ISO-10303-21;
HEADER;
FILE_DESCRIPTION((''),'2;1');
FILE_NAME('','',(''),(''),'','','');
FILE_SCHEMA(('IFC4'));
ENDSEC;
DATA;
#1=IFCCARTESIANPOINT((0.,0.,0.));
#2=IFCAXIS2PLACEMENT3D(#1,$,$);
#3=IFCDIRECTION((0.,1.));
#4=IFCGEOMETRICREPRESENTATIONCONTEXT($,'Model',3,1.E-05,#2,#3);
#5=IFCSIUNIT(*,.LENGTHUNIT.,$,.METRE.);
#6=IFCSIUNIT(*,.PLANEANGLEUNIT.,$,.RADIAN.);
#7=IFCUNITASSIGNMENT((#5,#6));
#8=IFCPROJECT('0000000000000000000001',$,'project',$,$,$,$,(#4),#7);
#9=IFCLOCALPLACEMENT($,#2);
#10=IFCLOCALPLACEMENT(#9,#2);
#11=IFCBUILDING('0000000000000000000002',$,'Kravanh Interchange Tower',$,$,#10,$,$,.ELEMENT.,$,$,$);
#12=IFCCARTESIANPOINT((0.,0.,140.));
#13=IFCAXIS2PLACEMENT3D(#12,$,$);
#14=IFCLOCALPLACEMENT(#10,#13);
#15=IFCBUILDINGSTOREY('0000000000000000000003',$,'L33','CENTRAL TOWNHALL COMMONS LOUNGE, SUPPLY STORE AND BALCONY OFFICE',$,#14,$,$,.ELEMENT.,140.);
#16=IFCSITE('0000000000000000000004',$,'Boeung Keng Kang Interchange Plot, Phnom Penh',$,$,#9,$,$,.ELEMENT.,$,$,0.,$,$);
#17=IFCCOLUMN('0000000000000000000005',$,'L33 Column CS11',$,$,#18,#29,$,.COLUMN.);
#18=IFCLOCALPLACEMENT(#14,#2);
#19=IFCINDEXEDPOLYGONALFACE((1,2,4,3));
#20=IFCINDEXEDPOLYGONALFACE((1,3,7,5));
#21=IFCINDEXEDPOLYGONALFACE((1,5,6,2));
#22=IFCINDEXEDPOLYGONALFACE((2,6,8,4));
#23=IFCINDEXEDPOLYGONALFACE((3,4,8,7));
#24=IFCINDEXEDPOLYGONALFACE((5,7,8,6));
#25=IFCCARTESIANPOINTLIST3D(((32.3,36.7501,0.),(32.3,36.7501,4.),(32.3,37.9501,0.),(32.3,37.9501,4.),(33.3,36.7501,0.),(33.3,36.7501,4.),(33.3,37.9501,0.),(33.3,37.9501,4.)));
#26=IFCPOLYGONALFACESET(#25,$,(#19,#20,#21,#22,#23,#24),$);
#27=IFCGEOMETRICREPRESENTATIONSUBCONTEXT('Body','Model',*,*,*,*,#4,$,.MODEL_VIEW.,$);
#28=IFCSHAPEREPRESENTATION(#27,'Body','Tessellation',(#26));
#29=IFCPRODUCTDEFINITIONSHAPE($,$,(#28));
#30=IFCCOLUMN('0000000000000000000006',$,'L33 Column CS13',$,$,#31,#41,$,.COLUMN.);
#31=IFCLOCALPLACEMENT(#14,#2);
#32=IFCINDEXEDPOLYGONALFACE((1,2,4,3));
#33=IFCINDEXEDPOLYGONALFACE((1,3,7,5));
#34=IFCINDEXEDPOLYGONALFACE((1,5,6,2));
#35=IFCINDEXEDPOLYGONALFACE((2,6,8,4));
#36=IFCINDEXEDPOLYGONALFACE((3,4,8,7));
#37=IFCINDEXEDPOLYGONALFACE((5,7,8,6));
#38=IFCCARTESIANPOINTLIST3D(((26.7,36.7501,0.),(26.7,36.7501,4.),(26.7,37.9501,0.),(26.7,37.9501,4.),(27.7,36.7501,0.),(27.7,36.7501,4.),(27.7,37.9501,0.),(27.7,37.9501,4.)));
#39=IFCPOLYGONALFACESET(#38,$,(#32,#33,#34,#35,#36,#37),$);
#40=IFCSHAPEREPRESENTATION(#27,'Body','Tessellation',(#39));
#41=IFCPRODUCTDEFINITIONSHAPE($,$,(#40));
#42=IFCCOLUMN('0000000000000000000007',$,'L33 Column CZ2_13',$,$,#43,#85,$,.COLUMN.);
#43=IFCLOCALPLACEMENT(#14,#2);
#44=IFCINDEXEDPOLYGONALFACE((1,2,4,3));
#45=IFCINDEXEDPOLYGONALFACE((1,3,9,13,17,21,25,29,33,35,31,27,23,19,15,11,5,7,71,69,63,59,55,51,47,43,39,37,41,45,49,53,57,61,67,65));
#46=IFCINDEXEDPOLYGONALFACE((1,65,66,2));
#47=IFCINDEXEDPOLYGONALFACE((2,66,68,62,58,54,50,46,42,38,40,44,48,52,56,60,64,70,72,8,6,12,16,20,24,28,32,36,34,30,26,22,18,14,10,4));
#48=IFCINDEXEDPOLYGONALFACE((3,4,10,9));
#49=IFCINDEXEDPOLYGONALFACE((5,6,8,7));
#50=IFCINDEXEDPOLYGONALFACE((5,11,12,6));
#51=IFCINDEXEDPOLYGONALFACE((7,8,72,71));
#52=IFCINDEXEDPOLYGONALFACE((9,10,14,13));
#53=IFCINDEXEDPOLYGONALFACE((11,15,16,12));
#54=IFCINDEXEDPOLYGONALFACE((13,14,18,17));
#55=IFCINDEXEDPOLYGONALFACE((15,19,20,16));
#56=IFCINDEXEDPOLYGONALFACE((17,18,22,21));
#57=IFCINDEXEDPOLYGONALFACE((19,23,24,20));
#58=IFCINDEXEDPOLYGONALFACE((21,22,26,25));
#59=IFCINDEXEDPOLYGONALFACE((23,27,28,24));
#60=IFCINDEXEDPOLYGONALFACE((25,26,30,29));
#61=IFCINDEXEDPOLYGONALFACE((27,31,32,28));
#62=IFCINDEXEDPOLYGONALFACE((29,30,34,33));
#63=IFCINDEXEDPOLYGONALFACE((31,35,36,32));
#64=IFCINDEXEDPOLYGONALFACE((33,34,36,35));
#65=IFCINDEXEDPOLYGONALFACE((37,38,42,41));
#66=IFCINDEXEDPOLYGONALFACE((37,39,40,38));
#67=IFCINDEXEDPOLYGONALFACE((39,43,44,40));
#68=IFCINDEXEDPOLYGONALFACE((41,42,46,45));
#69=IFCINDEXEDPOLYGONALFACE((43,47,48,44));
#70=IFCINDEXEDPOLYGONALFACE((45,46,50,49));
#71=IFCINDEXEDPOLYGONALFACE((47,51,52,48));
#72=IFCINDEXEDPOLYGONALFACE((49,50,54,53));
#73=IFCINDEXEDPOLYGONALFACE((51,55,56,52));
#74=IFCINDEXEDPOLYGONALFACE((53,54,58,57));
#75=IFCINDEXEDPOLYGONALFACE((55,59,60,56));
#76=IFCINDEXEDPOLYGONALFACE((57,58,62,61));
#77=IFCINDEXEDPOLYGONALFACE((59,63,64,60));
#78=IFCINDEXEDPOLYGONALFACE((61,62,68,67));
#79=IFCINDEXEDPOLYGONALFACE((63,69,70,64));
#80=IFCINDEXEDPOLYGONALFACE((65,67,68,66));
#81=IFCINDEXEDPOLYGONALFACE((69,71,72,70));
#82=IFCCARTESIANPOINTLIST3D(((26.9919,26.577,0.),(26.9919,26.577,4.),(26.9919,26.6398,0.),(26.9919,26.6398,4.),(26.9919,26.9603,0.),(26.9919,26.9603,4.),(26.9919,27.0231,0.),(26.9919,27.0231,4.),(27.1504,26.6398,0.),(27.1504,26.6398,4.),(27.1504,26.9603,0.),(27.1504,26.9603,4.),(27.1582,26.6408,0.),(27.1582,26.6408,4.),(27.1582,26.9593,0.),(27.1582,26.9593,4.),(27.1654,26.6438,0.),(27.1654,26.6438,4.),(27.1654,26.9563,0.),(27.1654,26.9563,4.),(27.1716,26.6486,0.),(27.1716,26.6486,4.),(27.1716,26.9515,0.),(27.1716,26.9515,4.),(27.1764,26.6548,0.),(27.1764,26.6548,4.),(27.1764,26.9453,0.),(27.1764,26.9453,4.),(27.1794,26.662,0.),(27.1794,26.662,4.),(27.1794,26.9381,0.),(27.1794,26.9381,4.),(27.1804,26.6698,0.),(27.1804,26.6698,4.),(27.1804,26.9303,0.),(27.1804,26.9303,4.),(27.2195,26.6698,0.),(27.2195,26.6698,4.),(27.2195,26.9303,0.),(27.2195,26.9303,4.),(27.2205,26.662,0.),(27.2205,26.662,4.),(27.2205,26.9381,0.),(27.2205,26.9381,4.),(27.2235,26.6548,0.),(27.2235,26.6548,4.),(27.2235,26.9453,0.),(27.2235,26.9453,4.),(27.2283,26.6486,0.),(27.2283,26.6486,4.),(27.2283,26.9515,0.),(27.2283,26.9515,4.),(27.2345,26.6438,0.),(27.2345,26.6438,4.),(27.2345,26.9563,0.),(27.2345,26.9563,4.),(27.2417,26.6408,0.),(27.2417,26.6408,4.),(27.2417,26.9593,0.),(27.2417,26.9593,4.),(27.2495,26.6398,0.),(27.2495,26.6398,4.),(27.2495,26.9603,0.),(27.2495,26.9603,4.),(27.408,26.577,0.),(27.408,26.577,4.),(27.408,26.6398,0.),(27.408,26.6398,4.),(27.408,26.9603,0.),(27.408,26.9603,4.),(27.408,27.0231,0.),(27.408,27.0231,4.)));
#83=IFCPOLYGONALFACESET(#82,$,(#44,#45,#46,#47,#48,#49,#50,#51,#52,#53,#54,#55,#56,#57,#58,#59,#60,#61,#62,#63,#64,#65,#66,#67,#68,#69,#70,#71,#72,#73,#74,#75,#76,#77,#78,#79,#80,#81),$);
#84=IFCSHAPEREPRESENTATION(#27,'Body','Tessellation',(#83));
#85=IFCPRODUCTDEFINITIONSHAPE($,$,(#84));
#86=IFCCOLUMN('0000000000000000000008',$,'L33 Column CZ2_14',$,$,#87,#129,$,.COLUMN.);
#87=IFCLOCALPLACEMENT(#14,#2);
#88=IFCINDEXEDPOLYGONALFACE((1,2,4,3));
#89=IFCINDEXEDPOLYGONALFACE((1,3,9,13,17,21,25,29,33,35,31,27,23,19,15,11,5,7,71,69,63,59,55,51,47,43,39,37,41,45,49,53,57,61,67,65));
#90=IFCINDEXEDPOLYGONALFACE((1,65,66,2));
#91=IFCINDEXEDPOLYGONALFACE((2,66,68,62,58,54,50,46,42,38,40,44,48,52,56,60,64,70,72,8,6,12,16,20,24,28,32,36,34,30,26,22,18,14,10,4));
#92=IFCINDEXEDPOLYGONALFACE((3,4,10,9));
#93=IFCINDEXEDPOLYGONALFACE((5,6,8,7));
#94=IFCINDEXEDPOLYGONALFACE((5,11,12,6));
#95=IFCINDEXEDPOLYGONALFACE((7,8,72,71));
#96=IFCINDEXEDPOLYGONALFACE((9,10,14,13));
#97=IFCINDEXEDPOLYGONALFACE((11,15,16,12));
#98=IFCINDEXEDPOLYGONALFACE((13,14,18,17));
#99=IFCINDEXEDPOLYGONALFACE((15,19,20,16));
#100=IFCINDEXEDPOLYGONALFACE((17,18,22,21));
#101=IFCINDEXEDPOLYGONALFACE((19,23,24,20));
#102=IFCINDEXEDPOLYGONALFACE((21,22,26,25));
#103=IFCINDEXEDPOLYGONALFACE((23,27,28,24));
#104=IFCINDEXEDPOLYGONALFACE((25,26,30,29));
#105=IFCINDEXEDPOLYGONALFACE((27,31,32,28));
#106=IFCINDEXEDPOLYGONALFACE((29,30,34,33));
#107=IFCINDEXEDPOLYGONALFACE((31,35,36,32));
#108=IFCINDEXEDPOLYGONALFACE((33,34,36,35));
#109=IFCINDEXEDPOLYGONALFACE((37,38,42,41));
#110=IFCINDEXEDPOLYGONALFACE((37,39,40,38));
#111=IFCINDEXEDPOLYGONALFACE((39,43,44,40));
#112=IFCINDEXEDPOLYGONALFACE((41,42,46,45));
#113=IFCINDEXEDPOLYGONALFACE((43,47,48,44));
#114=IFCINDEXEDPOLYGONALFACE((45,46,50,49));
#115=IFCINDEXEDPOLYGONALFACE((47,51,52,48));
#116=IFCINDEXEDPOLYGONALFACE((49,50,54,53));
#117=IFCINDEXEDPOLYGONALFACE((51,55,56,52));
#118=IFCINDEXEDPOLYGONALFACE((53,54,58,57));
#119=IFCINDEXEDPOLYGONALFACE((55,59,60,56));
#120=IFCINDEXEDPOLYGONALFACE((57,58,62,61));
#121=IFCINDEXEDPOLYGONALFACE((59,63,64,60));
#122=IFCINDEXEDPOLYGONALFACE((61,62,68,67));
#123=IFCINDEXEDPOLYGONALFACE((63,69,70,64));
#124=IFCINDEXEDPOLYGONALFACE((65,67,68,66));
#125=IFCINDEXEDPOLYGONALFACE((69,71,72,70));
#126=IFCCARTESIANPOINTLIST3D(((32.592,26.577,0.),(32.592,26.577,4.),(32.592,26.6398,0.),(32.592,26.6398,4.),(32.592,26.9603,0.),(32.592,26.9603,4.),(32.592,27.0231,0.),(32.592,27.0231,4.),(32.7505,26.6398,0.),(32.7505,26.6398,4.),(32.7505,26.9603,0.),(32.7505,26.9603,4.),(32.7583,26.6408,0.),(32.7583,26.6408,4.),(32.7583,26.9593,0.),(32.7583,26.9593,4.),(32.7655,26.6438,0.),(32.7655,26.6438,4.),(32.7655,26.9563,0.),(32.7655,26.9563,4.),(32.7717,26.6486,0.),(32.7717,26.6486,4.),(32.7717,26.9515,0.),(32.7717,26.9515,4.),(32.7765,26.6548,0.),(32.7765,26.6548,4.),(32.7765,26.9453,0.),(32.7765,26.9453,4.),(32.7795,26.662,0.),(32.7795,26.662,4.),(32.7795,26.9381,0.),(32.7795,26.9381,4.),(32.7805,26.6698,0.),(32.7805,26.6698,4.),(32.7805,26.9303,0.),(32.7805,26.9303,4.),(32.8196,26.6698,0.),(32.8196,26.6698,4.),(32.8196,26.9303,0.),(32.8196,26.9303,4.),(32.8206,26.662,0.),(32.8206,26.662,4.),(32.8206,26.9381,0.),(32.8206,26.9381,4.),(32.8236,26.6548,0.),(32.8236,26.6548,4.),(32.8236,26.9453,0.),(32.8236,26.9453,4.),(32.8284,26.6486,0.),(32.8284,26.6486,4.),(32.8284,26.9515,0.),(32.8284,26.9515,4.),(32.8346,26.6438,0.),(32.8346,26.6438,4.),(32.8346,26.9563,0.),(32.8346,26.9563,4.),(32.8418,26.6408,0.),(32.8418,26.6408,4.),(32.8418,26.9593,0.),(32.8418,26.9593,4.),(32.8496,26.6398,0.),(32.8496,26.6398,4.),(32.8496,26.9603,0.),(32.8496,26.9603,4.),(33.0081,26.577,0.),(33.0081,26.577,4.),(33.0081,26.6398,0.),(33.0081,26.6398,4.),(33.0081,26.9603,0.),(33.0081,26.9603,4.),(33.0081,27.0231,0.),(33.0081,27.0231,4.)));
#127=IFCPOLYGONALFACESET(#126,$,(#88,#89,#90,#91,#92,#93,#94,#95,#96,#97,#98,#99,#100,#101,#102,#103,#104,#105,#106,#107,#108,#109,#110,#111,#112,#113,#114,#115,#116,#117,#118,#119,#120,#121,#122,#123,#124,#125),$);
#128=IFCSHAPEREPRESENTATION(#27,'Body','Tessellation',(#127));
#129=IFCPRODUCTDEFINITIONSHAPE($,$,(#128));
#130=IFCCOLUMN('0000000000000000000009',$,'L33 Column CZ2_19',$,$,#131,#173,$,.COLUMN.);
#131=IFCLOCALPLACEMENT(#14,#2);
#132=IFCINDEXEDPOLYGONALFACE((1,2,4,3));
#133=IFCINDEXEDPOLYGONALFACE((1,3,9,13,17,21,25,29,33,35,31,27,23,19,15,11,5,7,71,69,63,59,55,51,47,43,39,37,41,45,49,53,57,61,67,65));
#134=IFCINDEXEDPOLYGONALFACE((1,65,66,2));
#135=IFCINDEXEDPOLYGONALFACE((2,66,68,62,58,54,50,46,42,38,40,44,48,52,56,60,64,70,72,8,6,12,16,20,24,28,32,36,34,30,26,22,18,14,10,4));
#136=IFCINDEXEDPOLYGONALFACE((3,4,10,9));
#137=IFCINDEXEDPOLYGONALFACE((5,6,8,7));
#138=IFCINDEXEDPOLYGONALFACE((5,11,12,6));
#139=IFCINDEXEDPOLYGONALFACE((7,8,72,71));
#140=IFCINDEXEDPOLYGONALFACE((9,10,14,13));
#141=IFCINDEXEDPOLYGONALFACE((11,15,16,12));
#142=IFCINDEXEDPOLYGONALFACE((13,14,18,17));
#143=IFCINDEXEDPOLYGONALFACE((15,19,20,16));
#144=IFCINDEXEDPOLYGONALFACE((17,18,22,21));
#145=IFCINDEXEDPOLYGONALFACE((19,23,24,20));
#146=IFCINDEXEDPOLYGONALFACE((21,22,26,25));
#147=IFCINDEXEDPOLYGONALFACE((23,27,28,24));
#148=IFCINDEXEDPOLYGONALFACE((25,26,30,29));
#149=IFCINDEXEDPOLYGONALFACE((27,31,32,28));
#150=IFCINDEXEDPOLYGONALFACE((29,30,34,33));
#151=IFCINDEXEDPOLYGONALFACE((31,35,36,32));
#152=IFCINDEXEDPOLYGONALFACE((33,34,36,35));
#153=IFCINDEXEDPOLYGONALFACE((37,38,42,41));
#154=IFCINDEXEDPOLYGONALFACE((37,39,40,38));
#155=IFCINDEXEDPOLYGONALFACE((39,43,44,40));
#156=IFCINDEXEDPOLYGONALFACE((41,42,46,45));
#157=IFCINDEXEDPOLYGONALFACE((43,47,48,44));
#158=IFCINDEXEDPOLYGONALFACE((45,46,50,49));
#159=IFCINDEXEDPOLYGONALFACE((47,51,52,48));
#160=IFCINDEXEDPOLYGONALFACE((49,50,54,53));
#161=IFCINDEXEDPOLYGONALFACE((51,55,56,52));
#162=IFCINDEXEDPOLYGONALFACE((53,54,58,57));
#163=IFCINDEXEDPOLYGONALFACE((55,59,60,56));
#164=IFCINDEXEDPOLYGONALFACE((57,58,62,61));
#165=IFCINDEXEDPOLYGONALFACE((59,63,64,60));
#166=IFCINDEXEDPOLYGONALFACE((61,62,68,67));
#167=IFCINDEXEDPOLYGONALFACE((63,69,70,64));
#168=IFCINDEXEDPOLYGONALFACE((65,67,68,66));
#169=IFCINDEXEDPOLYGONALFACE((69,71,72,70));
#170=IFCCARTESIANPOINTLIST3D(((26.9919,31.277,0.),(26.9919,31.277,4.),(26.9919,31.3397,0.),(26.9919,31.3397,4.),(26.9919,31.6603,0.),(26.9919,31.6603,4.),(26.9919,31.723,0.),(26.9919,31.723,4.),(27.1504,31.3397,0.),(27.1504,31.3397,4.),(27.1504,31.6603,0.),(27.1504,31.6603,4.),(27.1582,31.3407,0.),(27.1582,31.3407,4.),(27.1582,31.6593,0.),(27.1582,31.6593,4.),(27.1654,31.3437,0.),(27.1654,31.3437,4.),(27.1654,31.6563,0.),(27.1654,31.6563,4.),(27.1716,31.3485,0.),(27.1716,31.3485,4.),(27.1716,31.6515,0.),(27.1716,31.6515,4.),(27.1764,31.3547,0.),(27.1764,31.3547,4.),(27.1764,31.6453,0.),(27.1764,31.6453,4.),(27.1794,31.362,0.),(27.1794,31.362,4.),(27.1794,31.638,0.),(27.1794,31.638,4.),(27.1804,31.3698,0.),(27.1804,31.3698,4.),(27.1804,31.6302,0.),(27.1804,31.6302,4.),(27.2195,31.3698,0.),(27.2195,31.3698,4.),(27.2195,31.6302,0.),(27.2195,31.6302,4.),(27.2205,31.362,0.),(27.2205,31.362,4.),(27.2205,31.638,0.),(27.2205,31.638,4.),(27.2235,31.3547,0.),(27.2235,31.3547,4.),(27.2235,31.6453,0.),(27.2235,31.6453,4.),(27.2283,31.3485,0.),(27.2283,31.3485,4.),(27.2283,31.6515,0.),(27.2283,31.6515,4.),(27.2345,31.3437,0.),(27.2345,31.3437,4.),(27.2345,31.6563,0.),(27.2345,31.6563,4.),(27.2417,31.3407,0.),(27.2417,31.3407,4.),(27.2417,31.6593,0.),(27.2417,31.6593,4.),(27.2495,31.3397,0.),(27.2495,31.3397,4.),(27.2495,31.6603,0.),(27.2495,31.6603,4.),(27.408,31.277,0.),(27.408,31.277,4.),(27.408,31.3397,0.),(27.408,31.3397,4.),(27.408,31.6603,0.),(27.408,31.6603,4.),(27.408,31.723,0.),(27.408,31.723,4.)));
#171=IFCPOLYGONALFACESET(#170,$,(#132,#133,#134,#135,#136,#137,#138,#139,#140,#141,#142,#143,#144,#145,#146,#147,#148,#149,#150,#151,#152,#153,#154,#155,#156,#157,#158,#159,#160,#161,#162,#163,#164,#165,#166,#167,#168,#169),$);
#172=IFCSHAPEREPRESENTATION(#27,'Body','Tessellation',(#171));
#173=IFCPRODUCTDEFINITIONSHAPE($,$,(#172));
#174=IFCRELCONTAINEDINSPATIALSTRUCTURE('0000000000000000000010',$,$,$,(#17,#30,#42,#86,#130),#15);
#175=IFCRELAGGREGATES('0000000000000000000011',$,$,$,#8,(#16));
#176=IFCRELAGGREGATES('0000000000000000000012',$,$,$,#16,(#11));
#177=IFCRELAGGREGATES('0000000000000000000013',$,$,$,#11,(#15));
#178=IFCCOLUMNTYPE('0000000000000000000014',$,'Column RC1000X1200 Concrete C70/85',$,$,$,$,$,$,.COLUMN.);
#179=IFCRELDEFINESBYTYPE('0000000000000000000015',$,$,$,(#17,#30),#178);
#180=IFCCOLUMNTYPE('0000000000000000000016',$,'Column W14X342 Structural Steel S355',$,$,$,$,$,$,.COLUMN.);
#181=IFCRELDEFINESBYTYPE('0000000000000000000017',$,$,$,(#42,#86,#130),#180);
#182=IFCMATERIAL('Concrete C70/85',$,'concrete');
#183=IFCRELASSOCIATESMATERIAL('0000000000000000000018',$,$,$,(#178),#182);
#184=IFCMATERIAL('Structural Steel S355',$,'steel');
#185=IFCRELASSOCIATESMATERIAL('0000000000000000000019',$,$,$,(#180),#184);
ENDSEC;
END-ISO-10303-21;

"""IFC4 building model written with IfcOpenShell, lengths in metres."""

from ifc_helpers import new_model, si_unit, direction, frame, origin, origin_2d, place, context, subcontext, project, spatial, rectangle, i_section, extrude, material, material_profile, profile_set, type_object, element, save


model = new_model("IFC4")

# Units and contexts
model_context = context("Model", 3, precision=1e-05, world=origin(), true_north=direction((0.0, 1.0)))
body_context = subcontext(model_context, "Body", "Model", "MODEL_VIEW")
ifc_project = project(units=[si_unit("LENGTHUNIT", "METRE"), si_unit("PLANEANGLEUNIT", "RADIAN")], contexts=[model_context])

# Site, building, storey
site_placement = place(None, origin())
site = spatial("IfcSite", under=ifc_project, at=site_placement, Name="Boeung Keng Kang Interchange Plot, Phnom Penh", CompositionType="ELEMENT", RefElevation=0.0)
building_placement = place(site_placement, origin())
building = spatial("IfcBuilding", under=site, at=building_placement, Name="Kravanh Interchange Tower", CompositionType="ELEMENT")
storey_placement = place(building_placement, frame((0.0, 0.0, 140.0)))
storey = spatial("IfcBuildingStorey", under=building, at=storey_placement, Name="L33", Description="CENTRAL TOWNHALL COMMONS LOUNGE, SUPPLY STORE AND BALCONY OFFICE", CompositionType="ELEMENT", Elevation=140.0)

# Columns
ifc_material_1 = material(Name="Concrete C70/85", Category="concrete")
ifc_material_profile_1 = material_profile(ifc_material_1, rectangle(XDim=1.0, YDim=1.2, at=origin_2d()), Name="RC1000X1200")
ifc_profile_set_1 = profile_set([ifc_material_profile_1], Name="Concrete C70/85")
column_type_1 = type_object("IfcColumnType", Name="Column RC1000X1200 Concrete C70/85", PredefinedType="COLUMN", material=ifc_profile_set_1)
for number, where, z_axis, x_axis, name in (
    (1, (32.8, 37.3501, 0.0), (0.0, 0.0, 1.0), (1.0, 0.0, 0.0), "L33 Column CS11"),
    (2, (27.2, 37.3501, 0.0), (0.0, 0.0, 1.0), (1.0, 0.0, 0.0), "L33 Column CS13"),
):
    element("IfcColumn", number, at=place(storey_placement, frame(where, z_axis=z_axis, x_axis=x_axis)), inside=storey, type_object=column_type_1, Name=name, PredefinedType="COLUMN", context=body_context, shape_type="SweptSolid", body=[
        extrude(rectangle(XDim=1.0, YDim=1.2, at=origin_2d()), origin(), (0.0, 0.0, 1.0), 4.0),
    ])
ifc_material_2 = material(Name="Structural Steel S355", Category="steel")
ifc_material_profile_2 = material_profile(ifc_material_2, i_section(OverallWidth=0.416, OverallDepth=0.446, WebThickness=0.0391, FlangeThickness=0.0627, FilletRadius=0.03, at=origin_2d()), Name="W14X342")
ifc_profile_set_2 = profile_set([ifc_material_profile_2], Name="Structural Steel S355")
column_type_2 = type_object("IfcColumnType", Name="Column W14X342 Structural Steel S355", PredefinedType="COLUMN", material=ifc_profile_set_2)
for number, where, z_axis, x_axis, name in (
    (3, (27.2, 26.8, 0.0), (0.0, 0.0, 1.0), (1.0, 0.0, 0.0), "L33 Column CZ2_13"),
    (4, (32.8, 26.8, 0.0), (0.0, 0.0, 1.0), (1.0, 0.0, 0.0), "L33 Column CZ2_14"),
    (5, (27.2, 31.5, 0.0), (0.0, 0.0, 1.0), (1.0, 0.0, 0.0), "L33 Column CZ2_19"),
):
    element("IfcColumn", number, at=place(storey_placement, frame(where, z_axis=z_axis, x_axis=x_axis)), inside=storey, type_object=column_type_2, Name=name, PredefinedType="COLUMN", context=body_context, shape_type="SweptSolid", body=[
        extrude(i_section(OverallWidth=0.416, OverallDepth=0.446, WebThickness=0.0391, FlangeThickness=0.0627, FilletRadius=0.03, at=origin_2d()), origin(), (0.0, 0.0, 1.0), 4.0),
    ])

save(model, "model.ifc")
